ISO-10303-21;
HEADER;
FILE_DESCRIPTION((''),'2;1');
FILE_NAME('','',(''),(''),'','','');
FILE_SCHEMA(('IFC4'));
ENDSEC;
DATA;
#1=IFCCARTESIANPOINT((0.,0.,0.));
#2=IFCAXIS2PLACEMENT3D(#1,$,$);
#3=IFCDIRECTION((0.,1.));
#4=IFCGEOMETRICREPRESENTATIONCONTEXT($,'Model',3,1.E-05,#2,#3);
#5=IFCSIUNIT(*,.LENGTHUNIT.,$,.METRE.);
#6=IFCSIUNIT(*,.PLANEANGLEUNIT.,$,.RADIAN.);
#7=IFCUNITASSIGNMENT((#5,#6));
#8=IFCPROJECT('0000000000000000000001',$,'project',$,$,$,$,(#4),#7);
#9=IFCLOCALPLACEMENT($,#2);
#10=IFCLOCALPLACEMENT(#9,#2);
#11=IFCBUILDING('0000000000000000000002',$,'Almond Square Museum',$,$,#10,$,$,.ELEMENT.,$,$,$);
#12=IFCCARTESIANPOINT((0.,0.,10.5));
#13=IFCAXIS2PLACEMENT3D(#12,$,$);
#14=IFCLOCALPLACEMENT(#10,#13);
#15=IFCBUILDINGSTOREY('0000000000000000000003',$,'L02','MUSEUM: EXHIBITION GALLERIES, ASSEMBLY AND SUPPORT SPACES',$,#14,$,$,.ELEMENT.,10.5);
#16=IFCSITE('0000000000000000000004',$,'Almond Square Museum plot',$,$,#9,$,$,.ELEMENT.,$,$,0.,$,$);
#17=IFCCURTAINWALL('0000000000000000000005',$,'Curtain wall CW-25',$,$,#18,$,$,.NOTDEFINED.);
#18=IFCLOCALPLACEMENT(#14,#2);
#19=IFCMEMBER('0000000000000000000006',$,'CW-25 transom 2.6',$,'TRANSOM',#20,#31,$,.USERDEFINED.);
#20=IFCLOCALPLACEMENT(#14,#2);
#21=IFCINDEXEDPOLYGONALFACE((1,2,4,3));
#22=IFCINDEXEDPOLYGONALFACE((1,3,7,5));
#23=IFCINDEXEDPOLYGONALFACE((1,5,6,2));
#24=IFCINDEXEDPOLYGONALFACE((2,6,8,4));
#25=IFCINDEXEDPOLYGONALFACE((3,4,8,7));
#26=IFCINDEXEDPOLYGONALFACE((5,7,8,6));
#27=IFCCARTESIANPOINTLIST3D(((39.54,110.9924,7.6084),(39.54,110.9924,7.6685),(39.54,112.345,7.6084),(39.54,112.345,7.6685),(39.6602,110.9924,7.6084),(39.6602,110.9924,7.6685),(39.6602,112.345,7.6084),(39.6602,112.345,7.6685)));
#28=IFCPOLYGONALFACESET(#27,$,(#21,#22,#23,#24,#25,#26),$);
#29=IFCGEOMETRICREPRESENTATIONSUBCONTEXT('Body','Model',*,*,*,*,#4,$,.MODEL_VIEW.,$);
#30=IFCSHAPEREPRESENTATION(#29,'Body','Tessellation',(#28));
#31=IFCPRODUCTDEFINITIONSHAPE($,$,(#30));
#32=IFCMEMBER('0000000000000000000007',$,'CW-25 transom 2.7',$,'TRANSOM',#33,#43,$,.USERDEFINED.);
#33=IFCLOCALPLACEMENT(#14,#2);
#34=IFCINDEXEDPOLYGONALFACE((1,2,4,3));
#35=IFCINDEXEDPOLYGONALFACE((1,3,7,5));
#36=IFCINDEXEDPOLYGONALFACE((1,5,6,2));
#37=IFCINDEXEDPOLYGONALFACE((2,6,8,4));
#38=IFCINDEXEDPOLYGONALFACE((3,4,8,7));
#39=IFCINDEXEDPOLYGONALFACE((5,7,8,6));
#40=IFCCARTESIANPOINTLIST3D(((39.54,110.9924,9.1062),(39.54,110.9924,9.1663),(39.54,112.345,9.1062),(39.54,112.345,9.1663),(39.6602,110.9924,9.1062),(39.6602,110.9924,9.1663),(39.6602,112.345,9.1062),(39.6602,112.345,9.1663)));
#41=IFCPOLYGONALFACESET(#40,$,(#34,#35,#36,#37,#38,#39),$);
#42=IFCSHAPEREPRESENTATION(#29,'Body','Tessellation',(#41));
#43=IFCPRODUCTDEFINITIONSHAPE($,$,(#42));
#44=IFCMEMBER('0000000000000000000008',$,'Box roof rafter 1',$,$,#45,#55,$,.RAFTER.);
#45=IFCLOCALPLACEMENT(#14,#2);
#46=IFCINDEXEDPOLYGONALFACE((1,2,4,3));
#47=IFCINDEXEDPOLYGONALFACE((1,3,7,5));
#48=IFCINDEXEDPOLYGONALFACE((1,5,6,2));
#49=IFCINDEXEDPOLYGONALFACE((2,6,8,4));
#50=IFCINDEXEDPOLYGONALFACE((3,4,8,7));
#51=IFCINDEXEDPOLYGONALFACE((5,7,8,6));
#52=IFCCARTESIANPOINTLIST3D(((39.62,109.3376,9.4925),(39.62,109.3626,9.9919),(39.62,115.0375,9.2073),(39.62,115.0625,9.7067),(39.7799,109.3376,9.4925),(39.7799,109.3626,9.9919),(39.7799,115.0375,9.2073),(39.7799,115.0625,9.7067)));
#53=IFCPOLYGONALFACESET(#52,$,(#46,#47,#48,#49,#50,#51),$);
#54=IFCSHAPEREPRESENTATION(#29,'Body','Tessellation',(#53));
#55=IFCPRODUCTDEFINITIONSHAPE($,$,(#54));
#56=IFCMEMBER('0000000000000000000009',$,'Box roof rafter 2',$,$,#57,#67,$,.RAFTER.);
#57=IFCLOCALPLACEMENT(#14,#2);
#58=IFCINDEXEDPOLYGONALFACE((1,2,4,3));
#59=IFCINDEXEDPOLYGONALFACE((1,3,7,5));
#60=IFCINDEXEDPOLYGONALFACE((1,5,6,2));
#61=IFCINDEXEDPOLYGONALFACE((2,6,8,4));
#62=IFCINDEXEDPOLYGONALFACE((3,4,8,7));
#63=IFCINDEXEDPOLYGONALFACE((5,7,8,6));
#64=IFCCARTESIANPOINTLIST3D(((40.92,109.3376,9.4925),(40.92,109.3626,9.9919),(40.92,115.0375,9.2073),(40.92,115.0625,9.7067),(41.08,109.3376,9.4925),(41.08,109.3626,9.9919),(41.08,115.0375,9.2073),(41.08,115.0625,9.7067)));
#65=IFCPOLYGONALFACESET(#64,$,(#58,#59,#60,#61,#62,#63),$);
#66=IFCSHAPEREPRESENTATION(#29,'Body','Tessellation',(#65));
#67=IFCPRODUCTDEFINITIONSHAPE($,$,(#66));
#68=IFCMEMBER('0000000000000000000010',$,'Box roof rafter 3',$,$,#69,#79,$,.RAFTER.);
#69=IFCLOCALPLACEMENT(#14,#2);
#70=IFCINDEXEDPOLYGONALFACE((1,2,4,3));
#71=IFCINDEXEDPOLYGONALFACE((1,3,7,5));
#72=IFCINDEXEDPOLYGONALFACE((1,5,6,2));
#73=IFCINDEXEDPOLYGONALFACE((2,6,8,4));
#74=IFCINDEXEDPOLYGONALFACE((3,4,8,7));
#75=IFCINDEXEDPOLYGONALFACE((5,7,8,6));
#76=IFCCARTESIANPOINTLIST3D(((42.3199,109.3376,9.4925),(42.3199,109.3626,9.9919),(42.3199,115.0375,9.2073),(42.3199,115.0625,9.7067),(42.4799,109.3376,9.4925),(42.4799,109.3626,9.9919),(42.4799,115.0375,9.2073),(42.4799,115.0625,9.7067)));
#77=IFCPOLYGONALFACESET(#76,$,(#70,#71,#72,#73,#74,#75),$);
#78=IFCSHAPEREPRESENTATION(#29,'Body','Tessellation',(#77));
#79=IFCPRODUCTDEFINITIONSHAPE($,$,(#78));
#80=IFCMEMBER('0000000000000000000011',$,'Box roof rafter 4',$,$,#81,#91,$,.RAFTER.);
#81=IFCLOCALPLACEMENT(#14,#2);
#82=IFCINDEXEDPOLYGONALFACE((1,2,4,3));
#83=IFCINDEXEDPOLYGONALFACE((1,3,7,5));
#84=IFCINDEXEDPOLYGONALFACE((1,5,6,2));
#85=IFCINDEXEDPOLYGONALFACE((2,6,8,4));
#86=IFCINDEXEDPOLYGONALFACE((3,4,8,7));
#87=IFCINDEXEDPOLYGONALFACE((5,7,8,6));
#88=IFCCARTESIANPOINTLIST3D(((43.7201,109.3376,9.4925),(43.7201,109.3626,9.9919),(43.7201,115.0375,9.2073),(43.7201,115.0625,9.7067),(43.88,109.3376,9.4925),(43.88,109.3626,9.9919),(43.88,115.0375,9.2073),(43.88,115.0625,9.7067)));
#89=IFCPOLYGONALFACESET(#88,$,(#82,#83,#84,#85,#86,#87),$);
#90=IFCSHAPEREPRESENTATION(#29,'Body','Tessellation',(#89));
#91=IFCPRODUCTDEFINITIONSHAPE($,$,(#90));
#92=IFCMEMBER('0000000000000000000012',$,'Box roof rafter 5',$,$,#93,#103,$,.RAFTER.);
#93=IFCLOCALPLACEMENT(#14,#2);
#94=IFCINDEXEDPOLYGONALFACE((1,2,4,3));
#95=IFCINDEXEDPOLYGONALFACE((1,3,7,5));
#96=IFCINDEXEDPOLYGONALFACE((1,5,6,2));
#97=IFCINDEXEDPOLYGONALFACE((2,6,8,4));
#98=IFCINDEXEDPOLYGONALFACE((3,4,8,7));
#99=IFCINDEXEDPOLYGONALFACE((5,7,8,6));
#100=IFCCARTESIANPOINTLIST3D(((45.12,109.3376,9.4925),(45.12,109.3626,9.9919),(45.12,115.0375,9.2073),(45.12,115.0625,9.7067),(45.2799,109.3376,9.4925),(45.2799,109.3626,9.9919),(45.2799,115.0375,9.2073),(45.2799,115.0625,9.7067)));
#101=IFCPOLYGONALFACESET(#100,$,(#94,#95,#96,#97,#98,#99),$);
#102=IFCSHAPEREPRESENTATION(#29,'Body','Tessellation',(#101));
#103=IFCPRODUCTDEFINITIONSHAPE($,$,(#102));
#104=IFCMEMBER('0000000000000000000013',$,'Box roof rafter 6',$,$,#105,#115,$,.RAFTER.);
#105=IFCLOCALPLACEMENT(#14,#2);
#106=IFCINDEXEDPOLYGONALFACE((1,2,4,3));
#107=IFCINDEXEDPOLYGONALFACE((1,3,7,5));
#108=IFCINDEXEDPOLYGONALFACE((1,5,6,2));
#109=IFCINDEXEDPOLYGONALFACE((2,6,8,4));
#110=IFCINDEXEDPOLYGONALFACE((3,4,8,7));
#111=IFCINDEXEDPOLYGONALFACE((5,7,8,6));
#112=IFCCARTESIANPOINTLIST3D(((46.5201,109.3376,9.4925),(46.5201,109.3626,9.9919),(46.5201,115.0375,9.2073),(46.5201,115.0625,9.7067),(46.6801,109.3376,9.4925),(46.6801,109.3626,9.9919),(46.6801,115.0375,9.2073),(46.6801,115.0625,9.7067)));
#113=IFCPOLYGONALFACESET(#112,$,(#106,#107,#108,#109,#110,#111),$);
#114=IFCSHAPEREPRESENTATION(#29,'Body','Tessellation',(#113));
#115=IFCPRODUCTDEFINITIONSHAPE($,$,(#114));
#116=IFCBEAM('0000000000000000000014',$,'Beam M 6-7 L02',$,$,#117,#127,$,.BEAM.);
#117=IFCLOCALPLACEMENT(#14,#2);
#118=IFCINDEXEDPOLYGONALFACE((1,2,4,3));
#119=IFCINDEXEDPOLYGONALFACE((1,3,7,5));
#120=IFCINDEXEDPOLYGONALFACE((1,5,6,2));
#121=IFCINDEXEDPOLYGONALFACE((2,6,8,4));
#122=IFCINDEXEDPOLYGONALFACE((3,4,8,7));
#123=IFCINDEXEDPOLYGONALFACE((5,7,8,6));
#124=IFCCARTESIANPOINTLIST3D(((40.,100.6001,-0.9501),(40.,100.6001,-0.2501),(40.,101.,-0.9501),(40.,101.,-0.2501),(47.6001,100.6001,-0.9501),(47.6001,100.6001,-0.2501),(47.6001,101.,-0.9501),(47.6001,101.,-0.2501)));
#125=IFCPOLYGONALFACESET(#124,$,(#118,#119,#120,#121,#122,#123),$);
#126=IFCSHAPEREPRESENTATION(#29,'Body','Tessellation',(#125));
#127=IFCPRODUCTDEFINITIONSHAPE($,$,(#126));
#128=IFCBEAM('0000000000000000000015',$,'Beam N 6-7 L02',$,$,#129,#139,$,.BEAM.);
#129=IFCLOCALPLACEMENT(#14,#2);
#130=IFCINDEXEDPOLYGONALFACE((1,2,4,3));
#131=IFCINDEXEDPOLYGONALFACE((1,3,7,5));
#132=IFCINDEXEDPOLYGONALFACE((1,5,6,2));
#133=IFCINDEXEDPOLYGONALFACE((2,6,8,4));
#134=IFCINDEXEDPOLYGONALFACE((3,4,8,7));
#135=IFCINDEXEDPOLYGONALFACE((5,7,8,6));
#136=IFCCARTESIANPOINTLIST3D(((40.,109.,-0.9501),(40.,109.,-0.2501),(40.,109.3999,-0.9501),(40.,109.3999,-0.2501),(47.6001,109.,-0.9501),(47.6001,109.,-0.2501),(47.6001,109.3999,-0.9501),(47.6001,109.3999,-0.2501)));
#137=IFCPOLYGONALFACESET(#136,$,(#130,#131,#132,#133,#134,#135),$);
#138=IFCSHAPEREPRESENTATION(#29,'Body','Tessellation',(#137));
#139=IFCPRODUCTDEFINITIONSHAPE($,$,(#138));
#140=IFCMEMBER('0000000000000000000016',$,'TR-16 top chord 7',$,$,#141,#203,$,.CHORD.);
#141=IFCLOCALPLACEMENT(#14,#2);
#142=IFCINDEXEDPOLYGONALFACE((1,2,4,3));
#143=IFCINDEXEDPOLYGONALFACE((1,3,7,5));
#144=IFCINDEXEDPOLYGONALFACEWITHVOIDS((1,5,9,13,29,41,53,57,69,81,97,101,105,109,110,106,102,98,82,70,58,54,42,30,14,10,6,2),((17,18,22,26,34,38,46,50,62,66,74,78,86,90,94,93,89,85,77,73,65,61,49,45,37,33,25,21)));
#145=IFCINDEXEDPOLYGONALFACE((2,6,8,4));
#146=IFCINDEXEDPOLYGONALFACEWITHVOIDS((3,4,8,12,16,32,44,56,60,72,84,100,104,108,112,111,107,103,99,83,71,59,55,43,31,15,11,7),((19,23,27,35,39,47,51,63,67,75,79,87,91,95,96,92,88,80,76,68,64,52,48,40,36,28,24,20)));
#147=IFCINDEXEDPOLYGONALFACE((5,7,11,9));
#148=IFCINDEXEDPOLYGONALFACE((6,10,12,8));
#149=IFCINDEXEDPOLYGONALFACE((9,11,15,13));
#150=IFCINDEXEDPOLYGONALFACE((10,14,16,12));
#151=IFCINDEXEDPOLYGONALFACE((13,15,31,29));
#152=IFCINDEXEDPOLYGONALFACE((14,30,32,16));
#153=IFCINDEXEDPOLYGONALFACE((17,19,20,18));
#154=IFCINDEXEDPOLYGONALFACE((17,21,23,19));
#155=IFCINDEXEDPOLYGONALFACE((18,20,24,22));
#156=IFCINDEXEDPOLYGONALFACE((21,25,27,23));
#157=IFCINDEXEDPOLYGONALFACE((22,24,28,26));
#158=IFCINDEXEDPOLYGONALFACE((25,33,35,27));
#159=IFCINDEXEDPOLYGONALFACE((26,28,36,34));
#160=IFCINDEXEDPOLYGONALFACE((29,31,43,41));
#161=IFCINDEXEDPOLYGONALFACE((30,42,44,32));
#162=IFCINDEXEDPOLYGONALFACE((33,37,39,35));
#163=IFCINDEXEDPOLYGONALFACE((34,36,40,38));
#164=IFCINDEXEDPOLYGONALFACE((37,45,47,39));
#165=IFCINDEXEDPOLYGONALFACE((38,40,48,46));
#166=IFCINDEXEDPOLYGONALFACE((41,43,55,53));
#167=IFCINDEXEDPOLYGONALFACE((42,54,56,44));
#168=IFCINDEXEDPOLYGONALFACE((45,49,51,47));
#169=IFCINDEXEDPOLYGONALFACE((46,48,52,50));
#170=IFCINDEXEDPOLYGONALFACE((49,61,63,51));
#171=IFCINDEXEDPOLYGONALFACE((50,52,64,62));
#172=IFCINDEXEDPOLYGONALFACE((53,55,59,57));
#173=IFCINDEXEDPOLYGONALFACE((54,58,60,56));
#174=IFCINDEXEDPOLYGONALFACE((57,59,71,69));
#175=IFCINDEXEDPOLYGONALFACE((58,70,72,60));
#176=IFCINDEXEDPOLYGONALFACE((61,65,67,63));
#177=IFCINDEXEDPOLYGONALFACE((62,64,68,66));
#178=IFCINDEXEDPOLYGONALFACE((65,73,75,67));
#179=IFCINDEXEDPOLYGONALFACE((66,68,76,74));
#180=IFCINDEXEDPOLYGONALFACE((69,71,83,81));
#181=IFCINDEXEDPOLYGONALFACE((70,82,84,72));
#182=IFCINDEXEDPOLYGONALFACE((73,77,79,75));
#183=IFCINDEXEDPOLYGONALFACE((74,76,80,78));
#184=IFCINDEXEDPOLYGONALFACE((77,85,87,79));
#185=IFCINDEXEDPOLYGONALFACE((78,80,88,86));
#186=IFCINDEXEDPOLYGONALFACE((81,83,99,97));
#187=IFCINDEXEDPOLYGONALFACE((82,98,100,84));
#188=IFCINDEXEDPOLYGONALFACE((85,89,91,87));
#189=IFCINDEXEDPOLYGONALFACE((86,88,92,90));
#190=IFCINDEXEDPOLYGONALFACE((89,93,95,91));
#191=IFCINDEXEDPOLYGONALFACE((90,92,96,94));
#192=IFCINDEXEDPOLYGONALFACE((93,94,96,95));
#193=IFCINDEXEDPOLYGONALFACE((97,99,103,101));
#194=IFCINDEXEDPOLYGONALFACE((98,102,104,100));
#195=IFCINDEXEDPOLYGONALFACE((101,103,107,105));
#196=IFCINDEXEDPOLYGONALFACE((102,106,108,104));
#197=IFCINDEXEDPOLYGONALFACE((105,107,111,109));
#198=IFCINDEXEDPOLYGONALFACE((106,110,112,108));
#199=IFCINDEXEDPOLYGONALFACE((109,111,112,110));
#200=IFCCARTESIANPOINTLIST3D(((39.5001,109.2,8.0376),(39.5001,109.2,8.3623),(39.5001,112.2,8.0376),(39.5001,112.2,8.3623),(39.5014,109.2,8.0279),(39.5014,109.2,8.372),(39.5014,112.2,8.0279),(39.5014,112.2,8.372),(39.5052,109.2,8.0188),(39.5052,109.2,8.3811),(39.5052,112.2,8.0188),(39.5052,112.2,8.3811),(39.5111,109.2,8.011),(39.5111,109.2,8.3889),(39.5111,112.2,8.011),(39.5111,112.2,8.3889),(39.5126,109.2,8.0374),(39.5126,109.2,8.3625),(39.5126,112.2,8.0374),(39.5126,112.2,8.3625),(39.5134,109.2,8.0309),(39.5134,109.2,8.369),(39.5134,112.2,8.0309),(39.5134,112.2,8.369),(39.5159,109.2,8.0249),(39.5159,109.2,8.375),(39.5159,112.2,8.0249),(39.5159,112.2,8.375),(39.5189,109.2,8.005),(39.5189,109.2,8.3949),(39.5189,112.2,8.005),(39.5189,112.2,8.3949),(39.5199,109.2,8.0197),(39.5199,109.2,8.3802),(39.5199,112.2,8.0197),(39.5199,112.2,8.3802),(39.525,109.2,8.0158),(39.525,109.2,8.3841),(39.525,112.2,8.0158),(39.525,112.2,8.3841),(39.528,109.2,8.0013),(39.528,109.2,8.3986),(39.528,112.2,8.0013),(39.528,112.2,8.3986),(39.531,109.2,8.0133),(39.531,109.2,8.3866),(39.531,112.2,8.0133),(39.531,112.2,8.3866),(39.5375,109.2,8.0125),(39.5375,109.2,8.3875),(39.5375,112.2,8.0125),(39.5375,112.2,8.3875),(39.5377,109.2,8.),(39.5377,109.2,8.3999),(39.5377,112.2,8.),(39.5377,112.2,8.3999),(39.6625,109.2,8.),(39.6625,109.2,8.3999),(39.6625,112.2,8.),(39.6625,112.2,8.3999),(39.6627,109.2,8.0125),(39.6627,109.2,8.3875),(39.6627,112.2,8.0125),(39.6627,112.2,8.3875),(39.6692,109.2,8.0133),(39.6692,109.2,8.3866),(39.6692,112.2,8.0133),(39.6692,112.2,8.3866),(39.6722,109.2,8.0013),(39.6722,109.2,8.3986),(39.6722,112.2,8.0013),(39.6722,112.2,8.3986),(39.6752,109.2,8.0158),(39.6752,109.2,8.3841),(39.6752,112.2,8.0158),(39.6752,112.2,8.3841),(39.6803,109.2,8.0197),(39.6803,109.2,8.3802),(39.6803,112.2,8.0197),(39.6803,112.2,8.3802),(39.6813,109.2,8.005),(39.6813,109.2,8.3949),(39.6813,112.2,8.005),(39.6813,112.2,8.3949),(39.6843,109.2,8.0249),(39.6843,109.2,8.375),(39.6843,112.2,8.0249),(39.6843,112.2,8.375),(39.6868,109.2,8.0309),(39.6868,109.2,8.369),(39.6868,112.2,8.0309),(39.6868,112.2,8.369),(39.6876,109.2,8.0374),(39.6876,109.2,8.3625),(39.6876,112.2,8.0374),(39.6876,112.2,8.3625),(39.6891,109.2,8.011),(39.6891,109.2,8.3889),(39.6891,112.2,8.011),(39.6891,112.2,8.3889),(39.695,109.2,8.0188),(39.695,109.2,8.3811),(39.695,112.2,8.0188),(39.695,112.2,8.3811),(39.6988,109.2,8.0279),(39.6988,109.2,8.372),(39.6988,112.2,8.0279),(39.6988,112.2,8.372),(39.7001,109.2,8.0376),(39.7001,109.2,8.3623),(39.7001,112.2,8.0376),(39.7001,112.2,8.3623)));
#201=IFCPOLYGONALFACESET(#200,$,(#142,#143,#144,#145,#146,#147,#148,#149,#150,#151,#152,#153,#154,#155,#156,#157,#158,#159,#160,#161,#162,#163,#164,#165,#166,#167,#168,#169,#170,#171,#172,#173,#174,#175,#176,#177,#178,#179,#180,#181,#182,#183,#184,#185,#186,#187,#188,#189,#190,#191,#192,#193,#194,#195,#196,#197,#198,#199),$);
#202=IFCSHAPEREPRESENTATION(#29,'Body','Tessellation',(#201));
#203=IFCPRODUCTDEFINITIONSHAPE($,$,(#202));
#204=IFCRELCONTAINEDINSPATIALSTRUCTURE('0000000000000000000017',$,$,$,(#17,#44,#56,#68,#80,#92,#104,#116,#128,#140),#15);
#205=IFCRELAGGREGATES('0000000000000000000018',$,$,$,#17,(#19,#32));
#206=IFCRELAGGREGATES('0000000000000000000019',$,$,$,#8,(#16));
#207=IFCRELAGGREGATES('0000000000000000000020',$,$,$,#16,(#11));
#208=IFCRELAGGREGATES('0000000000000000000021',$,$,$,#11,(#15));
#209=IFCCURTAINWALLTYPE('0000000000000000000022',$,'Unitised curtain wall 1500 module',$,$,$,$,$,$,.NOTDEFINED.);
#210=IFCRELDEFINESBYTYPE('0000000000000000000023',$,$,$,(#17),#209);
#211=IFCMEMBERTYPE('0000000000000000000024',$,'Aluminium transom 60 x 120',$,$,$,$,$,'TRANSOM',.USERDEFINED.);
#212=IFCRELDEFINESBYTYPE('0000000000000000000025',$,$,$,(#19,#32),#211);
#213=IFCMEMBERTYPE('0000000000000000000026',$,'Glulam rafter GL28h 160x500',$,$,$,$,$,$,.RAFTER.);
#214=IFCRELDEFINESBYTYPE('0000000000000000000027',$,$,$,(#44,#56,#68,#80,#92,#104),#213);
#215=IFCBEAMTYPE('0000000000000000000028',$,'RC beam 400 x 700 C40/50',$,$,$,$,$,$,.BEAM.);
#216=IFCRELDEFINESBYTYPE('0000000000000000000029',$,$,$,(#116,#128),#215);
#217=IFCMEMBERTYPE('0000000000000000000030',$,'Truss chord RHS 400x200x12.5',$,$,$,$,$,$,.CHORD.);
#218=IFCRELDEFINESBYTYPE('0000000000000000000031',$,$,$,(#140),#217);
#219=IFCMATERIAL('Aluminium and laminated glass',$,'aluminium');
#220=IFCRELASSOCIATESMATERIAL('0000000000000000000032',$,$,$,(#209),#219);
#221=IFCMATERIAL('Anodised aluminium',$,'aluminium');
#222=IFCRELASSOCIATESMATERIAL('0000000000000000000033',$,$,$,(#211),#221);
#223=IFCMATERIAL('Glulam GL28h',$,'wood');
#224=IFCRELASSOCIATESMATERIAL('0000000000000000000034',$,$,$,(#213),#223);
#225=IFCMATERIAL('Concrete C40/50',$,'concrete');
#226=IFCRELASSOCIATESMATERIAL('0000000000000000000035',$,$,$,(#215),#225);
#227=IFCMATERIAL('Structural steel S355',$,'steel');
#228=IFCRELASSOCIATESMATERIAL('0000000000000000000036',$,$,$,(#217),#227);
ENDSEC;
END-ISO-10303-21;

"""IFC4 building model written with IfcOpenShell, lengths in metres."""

from ifc_helpers import new_model, si_unit, direction, frame, origin, origin_2d, place, context, subcontext, project, spatial, rectangle, hollow_rectangle, extrude, material, material_profile, profile_set, type_object, element, aggregate, save


model = new_model("IFC4")

# Units and contexts
model_context = context("Model", 3, precision=1e-05, world=origin(), true_north=direction((0.0, 1.0)))
body_context = subcontext(model_context, "Body", "Model", "MODEL_VIEW")
ifc_project = project(units=[si_unit("LENGTHUNIT", "METRE"), si_unit("PLANEANGLEUNIT", "RADIAN")], contexts=[model_context])

# Site, building, storey
site_placement = place(None, origin())
site = spatial("IfcSite", under=ifc_project, at=site_placement, Name="Almond Square Museum plot", CompositionType="ELEMENT", RefElevation=0.0)
building_placement = place(site_placement, origin())
building = spatial("IfcBuilding", under=site, at=building_placement, Name="Almond Square Museum", CompositionType="ELEMENT")
storey_placement = place(building_placement, frame((0.0, 0.0, 10.5)))
storey = spatial("IfcBuildingStorey", under=building, at=storey_placement, Name="L02", Description="MUSEUM: EXHIBITION GALLERIES, ASSEMBLY AND SUPPORT SPACES", CompositionType="ELEMENT", Elevation=10.5)

# Curtain wall, members
ifc_material_1 = material(Name="Aluminium and laminated glass", Category="aluminium")
curtain_wall_type = type_object("IfcCurtainWallType", Name="Unitised curtain wall 1500 module", PredefinedType="NOTDEFINED", material=ifc_material_1)
curtain_wall_placement = place(storey_placement, origin())
curtain_wall = element("IfcCurtainWall", 1, at=curtain_wall_placement, inside=storey, type_object=curtain_wall_type, Name="Curtain wall CW-25", PredefinedType="NOTDEFINED")
ifc_material_2 = material(Name="Anodised aluminium", Category="aluminium")
ifc_material_profile_1 = material_profile(ifc_material_2, rectangle(XDim=0.1201, YDim=0.0601, at=origin_2d()))
ifc_profile_set_1 = profile_set([ifc_material_profile_1], Name="Anodised aluminium")
member_type_1 = type_object("IfcMemberType", Name="Aluminium transom 60 x 120", ElementType="TRANSOM", PredefinedType="USERDEFINED", material=ifc_profile_set_1)
member_1_placement = place(storey_placement, frame((39.6001, 110.9924, 7.6384), z_axis=(0.0, 1.0, 0.0), x_axis=(-1.0, 0.0, 0.0)))
member_1 = element("IfcMember", 2, at=member_1_placement, type_object=member_type_1, Name="CW-25 transom 2.6", ObjectType="TRANSOM", PredefinedType="USERDEFINED", context=body_context, shape_type="SweptSolid", body=[
    extrude(rectangle(XDim=0.1201, YDim=0.0601, at=origin_2d()), origin(), (0.0, 0.0, 1.0), 1.3525),
])
member_2_placement = place(storey_placement, frame((39.6001, 110.9924, 9.1362), z_axis=(0.0, 1.0, 0.0), x_axis=(-1.0, 0.0, 0.0)))
member_2 = element("IfcMember", 3, at=member_2_placement, type_object=member_type_1, Name="CW-25 transom 2.7", ObjectType="TRANSOM", PredefinedType="USERDEFINED", context=body_context, shape_type="SweptSolid", body=[
    extrude(rectangle(XDim=0.1201, YDim=0.0601, at=origin_2d()), origin(), (0.0, 0.0, 1.0), 1.3525),
])

# Members
ifc_material_3 = material(Name="Glulam GL28h", Category="wood")
ifc_material_profile_2 = material_profile(ifc_material_3, rectangle(XDim=0.1599, YDim=0.5, at=origin_2d()))
ifc_profile_set_2 = profile_set([ifc_material_profile_2], Name="Glulam GL28h")
member_type_2 = type_object("IfcMemberType", Name="Glulam rafter GL28h 160x500", PredefinedType="RAFTER", material=ifc_profile_set_2)
for number, where, z_axis, x_axis, name in (
    (4, (39.7, 109.3501, 9.7422), (0.0, 0.998751, -0.049965), (-1.0, 0.0, 0.0), "Box roof rafter 1"),
    (5, (41.0, 109.3501, 9.7422), (0.0, 0.998751, -0.049965), (-1.0, 0.0, 0.0), "Box roof rafter 2"),
    (6, (42.3999, 109.3501, 9.7422), (0.0, 0.998751, -0.049965), (-1.0, 0.0, 0.0), "Box roof rafter 3"),
    (7, (43.8, 109.3501, 9.7422), (0.0, 0.998751, -0.049965), (-1.0, 0.0, 0.0), "Box roof rafter 4"),
    (8, (45.2, 109.3501, 9.7422), (0.0, 0.998751, -0.049965), (-1.0, 0.0, 0.0), "Box roof rafter 5"),
    (9, (46.6001, 109.3501, 9.7422), (0.0, 0.998751, -0.049965), (-1.0, 0.0, 0.0), "Box roof rafter 6"),
):
    element("IfcMember", number, at=place(storey_placement, frame(where, z_axis=z_axis, x_axis=x_axis)), inside=storey, type_object=member_type_2, Name=name, PredefinedType="RAFTER", context=body_context, shape_type="SweptSolid", body=[
        extrude(rectangle(XDim=0.1599, YDim=0.5, at=origin_2d()), origin(), (0.0, 0.0, 1.0), 5.707),
    ])

# Beams
ifc_material_4 = material(Name="Concrete C40/50", Category="concrete")
ifc_material_profile_3 = material_profile(ifc_material_4, rectangle(XDim=0.3999, YDim=0.7, at=origin_2d()))
ifc_profile_set_3 = profile_set([ifc_material_profile_3], Name="Concrete C40/50")
beam_type = type_object("IfcBeamType", Name="RC beam 400 x 700 C40/50", PredefinedType="BEAM", material=ifc_profile_set_3)
for number, where, z_axis, x_axis, name in (
    (10, (40.0, 100.8, -0.6001), (1.0, 0.0, 0.0), (0.0, 1.0, 0.0), "Beam M 6-7 L02"),
    (11, (40.0, 109.2, -0.6001), (1.0, 0.0, 0.0), (0.0, 1.0, 0.0), "Beam N 6-7 L02"),
):
    element("IfcBeam", number, at=place(storey_placement, frame(where, z_axis=z_axis, x_axis=x_axis)), inside=storey, type_object=beam_type, Name=name, PredefinedType="BEAM", context=body_context, shape_type="SweptSolid", body=[
        extrude(rectangle(XDim=0.3999, YDim=0.7, at=origin_2d()), origin(), (0.0, 0.0, 1.0), 7.6001),
    ])

# Member
ifc_material_5 = material(Name="Structural steel S355", Category="steel")
ifc_material_profile_4 = material_profile(ifc_material_5, hollow_rectangle(XDim=0.2, YDim=0.3999, WallThickness=0.0125, InnerFilletRadius=0.0249, OuterFilletRadius=0.0376, at=origin_2d()))
ifc_profile_set_4 = profile_set([ifc_material_profile_4], Name="Structural steel S355")
member_type_3 = type_object("IfcMemberType", Name="Truss chord RHS 400x200x12.5", PredefinedType="CHORD", material=ifc_profile_set_4)
member_3_placement = place(storey_placement, frame((39.6001, 109.2, 8.2), z_axis=(0.0, 1.0, 0.0), x_axis=(-1.0, 0.0, 0.0)))
element("IfcMember", 12, at=member_3_placement, inside=storey, type_object=member_type_3, Name="TR-16 top chord 7", PredefinedType="CHORD", context=body_context, shape_type="SweptSolid", body=[
    extrude(hollow_rectangle(XDim=0.2, YDim=0.3999, WallThickness=0.0125, InnerFilletRadius=0.0249, OuterFilletRadius=0.0376, at=origin_2d()), origin(), (0.0, 0.0, 1.0), 3.0),
])

aggregate(curtain_wall, [member_1, member_2])

save(model, "model.ifc")
